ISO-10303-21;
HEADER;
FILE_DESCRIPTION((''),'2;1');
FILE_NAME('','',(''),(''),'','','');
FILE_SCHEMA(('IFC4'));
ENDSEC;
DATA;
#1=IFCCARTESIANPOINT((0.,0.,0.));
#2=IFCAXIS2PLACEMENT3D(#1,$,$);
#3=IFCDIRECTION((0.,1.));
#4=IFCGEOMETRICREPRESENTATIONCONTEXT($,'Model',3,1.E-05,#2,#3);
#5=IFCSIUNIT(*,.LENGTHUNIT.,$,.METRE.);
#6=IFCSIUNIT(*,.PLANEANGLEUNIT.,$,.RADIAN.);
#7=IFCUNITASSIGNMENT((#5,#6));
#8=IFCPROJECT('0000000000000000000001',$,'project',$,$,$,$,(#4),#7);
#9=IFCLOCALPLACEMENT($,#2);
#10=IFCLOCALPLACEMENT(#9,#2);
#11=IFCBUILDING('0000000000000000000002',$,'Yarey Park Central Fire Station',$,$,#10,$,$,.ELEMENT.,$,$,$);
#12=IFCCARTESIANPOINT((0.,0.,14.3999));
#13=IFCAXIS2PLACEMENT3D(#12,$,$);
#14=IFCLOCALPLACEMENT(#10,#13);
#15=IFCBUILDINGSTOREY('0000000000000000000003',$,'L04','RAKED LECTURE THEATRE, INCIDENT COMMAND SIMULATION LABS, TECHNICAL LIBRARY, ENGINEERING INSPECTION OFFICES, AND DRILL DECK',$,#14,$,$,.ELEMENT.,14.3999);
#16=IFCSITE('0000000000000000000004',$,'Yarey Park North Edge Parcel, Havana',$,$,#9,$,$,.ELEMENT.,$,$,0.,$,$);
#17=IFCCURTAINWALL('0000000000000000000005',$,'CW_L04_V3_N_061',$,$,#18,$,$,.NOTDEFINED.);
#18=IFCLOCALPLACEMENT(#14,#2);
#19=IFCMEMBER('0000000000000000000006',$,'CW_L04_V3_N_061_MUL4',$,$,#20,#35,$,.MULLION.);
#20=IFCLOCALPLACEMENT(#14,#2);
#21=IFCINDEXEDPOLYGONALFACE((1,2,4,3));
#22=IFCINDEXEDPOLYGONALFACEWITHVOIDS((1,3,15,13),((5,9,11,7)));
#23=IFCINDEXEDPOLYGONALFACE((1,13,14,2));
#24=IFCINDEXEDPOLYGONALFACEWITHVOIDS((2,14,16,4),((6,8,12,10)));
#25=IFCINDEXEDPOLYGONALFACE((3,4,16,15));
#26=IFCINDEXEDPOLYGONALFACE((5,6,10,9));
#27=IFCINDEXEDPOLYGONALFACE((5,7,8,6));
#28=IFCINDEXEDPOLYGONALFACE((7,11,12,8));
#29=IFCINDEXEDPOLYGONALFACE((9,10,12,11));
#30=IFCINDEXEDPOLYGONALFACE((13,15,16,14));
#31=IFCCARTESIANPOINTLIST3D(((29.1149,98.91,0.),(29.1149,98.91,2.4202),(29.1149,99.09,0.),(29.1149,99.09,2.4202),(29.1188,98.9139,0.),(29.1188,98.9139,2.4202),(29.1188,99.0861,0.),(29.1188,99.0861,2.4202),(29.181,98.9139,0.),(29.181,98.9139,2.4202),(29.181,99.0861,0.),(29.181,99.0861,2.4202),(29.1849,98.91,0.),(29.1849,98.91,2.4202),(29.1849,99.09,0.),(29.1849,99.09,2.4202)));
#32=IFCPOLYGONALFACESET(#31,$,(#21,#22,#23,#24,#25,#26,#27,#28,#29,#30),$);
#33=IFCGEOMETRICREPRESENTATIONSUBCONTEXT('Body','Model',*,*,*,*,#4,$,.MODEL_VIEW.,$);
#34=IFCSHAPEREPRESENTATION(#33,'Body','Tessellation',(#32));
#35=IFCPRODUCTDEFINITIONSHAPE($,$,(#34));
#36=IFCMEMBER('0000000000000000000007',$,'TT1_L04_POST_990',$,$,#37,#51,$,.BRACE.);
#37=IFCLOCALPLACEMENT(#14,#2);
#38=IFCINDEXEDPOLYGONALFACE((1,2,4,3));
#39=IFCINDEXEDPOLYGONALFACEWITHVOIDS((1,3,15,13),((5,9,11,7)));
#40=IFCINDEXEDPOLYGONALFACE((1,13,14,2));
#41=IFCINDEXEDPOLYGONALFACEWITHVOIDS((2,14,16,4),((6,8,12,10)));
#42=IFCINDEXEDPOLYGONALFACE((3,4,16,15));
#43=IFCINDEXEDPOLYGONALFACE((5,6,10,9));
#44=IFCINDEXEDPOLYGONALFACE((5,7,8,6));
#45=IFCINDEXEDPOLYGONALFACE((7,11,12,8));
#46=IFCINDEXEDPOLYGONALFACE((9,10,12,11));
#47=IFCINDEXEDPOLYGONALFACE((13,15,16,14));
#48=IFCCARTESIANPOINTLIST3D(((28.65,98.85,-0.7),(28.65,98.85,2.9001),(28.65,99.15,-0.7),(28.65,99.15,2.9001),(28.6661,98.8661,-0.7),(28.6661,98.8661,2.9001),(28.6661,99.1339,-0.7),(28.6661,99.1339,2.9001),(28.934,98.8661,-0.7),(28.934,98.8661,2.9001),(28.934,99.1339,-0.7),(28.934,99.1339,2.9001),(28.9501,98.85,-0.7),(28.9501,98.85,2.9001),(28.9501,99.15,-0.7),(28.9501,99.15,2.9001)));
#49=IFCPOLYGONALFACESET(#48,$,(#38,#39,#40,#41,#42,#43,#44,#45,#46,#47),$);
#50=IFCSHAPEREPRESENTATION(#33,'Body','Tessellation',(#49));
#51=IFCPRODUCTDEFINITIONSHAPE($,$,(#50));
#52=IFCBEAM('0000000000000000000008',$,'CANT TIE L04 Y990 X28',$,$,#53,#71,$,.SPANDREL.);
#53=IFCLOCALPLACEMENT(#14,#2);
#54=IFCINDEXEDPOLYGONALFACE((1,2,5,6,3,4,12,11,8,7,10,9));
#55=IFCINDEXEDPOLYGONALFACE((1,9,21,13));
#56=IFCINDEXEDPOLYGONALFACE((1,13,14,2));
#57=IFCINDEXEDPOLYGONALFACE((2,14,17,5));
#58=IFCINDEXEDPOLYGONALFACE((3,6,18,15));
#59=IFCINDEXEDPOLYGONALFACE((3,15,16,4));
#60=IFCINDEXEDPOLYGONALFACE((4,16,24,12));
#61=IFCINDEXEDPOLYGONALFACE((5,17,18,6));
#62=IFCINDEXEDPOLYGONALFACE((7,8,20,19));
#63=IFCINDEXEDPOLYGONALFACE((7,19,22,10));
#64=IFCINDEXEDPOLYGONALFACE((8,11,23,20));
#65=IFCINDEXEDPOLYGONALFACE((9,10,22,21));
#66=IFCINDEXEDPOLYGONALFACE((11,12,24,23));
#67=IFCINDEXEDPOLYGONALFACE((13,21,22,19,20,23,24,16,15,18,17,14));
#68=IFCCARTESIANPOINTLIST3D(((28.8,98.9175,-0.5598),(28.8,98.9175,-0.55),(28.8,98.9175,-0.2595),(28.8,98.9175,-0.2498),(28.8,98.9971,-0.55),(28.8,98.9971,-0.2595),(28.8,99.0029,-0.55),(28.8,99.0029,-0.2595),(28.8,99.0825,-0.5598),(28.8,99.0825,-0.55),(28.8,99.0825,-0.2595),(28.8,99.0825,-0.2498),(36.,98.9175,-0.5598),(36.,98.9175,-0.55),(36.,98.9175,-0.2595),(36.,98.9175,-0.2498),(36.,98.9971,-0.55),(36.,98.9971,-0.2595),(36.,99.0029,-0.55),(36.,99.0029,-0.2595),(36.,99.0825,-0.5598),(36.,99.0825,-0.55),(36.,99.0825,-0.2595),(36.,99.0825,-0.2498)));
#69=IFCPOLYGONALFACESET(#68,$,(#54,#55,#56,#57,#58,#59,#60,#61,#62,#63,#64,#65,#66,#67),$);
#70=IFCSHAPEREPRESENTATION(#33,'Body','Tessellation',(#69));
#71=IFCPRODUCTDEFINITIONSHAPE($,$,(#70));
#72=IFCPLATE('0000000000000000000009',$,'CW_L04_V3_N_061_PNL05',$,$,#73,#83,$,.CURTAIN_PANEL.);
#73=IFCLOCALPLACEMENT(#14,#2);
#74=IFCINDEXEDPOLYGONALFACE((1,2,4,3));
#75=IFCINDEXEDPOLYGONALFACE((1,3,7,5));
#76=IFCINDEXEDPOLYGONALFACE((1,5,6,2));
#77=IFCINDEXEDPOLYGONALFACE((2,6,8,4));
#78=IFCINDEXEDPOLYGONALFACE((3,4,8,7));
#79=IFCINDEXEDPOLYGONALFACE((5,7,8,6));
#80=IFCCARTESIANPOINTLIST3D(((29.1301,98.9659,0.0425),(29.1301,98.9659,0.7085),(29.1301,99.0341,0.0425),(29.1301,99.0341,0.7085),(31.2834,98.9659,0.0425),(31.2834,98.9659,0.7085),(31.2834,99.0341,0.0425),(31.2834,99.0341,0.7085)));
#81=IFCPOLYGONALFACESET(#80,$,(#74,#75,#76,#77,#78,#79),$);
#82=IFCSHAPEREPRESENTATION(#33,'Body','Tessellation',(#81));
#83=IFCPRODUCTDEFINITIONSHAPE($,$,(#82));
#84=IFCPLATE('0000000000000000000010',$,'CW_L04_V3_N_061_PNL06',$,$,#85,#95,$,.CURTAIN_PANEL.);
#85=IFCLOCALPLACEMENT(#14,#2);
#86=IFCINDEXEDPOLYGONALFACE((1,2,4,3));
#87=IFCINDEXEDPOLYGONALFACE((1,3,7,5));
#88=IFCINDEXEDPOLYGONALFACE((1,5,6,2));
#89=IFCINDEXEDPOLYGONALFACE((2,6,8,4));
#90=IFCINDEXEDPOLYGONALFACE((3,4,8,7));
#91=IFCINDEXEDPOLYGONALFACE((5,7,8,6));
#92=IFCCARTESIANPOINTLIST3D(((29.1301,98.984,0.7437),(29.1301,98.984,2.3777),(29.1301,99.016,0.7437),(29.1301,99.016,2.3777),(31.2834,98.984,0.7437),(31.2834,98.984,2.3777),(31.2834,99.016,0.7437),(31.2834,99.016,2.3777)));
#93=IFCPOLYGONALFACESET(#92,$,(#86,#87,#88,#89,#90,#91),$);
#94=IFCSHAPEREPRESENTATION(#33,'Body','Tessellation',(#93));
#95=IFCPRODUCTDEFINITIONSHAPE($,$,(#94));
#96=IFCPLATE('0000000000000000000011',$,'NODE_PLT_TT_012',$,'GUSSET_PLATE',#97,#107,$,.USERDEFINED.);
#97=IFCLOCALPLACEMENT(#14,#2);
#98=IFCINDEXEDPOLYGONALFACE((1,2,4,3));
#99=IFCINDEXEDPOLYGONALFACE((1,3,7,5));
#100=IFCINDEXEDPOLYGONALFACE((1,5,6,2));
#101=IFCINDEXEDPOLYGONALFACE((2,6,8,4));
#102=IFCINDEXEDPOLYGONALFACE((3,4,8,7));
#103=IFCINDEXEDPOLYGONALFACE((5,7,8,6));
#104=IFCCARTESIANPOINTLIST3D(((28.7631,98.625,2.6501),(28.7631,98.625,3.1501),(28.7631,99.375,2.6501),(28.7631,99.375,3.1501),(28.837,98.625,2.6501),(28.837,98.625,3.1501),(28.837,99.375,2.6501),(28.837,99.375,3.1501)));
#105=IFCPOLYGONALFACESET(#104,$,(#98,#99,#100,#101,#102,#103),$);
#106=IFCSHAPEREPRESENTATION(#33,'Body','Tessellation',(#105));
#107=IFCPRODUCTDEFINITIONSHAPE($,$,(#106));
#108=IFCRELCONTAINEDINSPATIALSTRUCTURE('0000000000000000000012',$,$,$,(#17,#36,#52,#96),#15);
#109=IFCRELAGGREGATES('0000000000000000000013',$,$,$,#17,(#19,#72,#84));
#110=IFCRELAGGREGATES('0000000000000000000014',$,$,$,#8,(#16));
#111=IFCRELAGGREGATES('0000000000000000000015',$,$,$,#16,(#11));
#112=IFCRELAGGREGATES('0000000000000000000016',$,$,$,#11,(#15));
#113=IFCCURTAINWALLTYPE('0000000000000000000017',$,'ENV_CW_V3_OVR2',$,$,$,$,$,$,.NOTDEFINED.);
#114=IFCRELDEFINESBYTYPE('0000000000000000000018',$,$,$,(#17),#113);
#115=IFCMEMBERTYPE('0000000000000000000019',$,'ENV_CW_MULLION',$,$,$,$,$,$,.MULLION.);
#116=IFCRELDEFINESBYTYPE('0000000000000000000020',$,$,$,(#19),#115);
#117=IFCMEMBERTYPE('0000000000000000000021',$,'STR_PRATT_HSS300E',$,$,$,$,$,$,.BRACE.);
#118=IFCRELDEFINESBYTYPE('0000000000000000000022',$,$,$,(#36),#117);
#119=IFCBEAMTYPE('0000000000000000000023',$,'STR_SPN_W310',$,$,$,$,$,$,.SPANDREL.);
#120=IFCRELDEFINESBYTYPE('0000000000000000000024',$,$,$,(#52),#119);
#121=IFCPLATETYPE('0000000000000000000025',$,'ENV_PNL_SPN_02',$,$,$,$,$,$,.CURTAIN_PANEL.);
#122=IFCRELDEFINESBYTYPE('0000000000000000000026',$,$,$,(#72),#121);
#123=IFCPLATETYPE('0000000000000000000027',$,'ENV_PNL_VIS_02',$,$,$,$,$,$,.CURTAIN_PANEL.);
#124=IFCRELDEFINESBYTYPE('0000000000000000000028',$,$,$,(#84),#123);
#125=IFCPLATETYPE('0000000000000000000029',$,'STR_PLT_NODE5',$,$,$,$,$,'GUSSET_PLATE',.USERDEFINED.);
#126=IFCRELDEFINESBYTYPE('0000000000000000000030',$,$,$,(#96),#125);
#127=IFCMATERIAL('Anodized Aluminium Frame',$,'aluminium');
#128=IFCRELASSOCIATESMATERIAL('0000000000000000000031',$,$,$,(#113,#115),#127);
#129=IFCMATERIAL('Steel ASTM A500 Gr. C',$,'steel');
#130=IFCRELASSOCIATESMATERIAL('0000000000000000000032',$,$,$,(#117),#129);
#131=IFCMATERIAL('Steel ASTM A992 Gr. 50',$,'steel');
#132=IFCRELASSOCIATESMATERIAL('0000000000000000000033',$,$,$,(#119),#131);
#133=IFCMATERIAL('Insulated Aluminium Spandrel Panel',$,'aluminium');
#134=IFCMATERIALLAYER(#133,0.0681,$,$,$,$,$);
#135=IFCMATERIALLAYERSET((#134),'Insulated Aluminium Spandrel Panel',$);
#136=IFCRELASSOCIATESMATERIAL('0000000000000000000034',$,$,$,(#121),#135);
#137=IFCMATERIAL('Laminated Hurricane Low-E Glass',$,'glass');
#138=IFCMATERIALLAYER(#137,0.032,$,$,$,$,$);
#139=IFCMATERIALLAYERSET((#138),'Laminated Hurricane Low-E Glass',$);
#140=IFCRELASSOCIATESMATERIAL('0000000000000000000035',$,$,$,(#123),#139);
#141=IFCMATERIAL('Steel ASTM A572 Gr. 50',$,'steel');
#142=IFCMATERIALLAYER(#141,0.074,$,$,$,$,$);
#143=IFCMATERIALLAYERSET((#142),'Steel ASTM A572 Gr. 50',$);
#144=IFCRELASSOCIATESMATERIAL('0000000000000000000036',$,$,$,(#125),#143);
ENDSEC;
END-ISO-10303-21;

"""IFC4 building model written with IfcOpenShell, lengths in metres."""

from ifc_helpers import new_model, si_unit, direction, frame, origin, origin_2d, place, context, subcontext, project, spatial, rectangle, hollow_rectangle, i_section, extrude, material, layer, layer_set, material_profile, profile_set, type_object, element, aggregate, save


model = new_model("IFC4")

# Units and contexts
model_context = context("Model", 3, precision=1e-05, world=origin(), true_north=direction((0.0, 1.0)))
body_context = subcontext(model_context, "Body", "Model", "MODEL_VIEW")
ifc_project = project(units=[si_unit("LENGTHUNIT", "METRE"), si_unit("PLANEANGLEUNIT", "RADIAN")], contexts=[model_context])

# Site, building, storey
site_placement = place(None, origin())
site = spatial("IfcSite", under=ifc_project, at=site_placement, Name="Yarey Park North Edge Parcel, Havana", CompositionType="ELEMENT", RefElevation=0.0)
building_placement = place(site_placement, origin())
building = spatial("IfcBuilding", under=site, at=building_placement, Name="Yarey Park Central Fire Station", CompositionType="ELEMENT")
storey_placement = place(building_placement, frame((0.0, 0.0, 14.3999)))
storey = spatial("IfcBuildingStorey", under=building, at=storey_placement, Name="L04", Description="RAKED LECTURE THEATRE, INCIDENT COMMAND SIMULATION LABS, TECHNICAL LIBRARY, ENGINEERING INSPECTION OFFICES, AND DRILL DECK", CompositionType="ELEMENT", Elevation=14.3999)

# Curtain wall, member
ifc_material_1 = material(Name="Anodized Aluminium Frame", Category="aluminium")
curtain_wall_type = type_object("IfcCurtainWallType", Name="ENV_CW_V3_OVR2", PredefinedType="NOTDEFINED", material=ifc_material_1)
curtain_wall_placement = place(storey_placement, origin())
curtain_wall = element("IfcCurtainWall", 1, at=curtain_wall_placement, inside=storey, type_object=curtain_wall_type, Name="CW_L04_V3_N_061", PredefinedType="NOTDEFINED")
ifc_material_profile_1 = material_profile(ifc_material_1, hollow_rectangle(XDim=0.0701, YDim=0.1799, WallThickness=0.0039, at=origin_2d()), Name="ALU 180x70x4")
ifc_profile_set_1 = profile_set([ifc_material_profile_1], Name="Anodized Aluminium Frame")
member_type_1 = type_object("IfcMemberType", Name="ENV_CW_MULLION", PredefinedType="MULLION", material=ifc_profile_set_1)
member_1_placement = place(storey_placement, frame((29.1499, 99.0, 0.0), z_axis=(0.0, 0.0, 1.0), x_axis=(1.0, 0.0, 0.0)))
member_1 = element("IfcMember", 2, at=member_1_placement, type_object=member_type_1, Name="CW_L04_V3_N_061_MUL4", PredefinedType="MULLION", context=body_context, shape_type="SweptSolid", body=[
    extrude(hollow_rectangle(XDim=0.0701, YDim=0.1799, WallThickness=0.0039, at=origin_2d()), origin(), (0.0, 0.0, 1.0), 2.4202),
])

# Member
ifc_material_2 = material(Name="Steel ASTM A500 Gr. C", Category="steel")
ifc_material_profile_2 = material_profile(ifc_material_2, hollow_rectangle(XDim=0.3, YDim=0.3, WallThickness=0.0161, at=origin_2d()), Name="HSS 300x300x16")
ifc_profile_set_2 = profile_set([ifc_material_profile_2], Name="Steel ASTM A500 Gr. C")
member_type_2 = type_object("IfcMemberType", Name="STR_PRATT_HSS300E", PredefinedType="BRACE", material=ifc_profile_set_2)
member_2_placement = place(storey_placement, frame((28.8, 99.0, -0.7), z_axis=(0.0, 0.0, 1.0), x_axis=(1.0, 0.0, 0.0)))
element("IfcMember", 3, at=member_2_placement, inside=storey, type_object=member_type_2, Name="TT1_L04_POST_990", PredefinedType="BRACE", context=body_context, shape_type="SweptSolid", body=[
    extrude(hollow_rectangle(XDim=0.3, YDim=0.3, WallThickness=0.0161, at=origin_2d()), origin(), (0.0, 0.0, 1.0), 3.6001),
])

# Beam
ifc_material_3 = material(Name="Steel ASTM A992 Gr. 50", Category="steel")
ifc_material_profile_3 = material_profile(ifc_material_3, i_section(OverallWidth=0.165, OverallDepth=0.3101, WebThickness=0.0059, FlangeThickness=0.0098, at=origin_2d()), Name="W310x39")
ifc_profile_set_3 = profile_set([ifc_material_profile_3], Name="Steel ASTM A992 Gr. 50")
beam_type = type_object("IfcBeamType", Name="STR_SPN_W310", PredefinedType="SPANDREL", material=ifc_profile_set_3)
beam_placement = place(storey_placement, frame((28.8, 99.0, -0.4048), z_axis=(1.0, 0.0, 0.0), x_axis=(0.0, 1.0, 0.0)))
element("IfcBeam", 4, at=beam_placement, inside=storey, type_object=beam_type, Name="CANT TIE L04 Y990 X28", PredefinedType="SPANDREL", context=body_context, shape_type="SweptSolid", body=[
    extrude(i_section(OverallWidth=0.165, OverallDepth=0.3101, WebThickness=0.0059, FlangeThickness=0.0098, at=origin_2d()), origin(), (0.0, 0.0, 1.0), 7.2),
])

# Plates
ifc_material_4 = material(Name="Insulated Aluminium Spandrel Panel", Category="aluminium")
ifc_layer_1 = layer(ifc_material_4, 0.0681)
ifc_layer_set_1 = layer_set([ifc_layer_1], Name="Insulated Aluminium Spandrel Panel")
plate_type_1 = type_object("IfcPlateType", Name="ENV_PNL_SPN_02", PredefinedType="CURTAIN_PANEL", material=ifc_layer_set_1)
plate_1_placement = place(storey_placement, frame((30.2068, 99.0, 0.0425), z_axis=(0.0, 0.0, 1.0), x_axis=(-1.0, 0.0, 0.0)))
plate_1 = element("IfcPlate", 5, at=plate_1_placement, type_object=plate_type_1, Name="CW_L04_V3_N_061_PNL05", PredefinedType="CURTAIN_PANEL", context=body_context, shape_type="SweptSolid", body=[
    extrude(rectangle(XDim=2.1533, YDim=0.0681, at=origin_2d()), origin(), (0.0, 0.0, 1.0), 0.666),
])
ifc_material_5 = material(Name="Laminated Hurricane Low-E Glass", Category="glass")
ifc_layer_2 = layer(ifc_material_5, 0.032)
ifc_layer_set_2 = layer_set([ifc_layer_2], Name="Laminated Hurricane Low-E Glass")
plate_type_2 = type_object("IfcPlateType", Name="ENV_PNL_VIS_02", PredefinedType="CURTAIN_PANEL", material=ifc_layer_set_2)
plate_2_placement = place(storey_placement, frame((30.2068, 99.0, 0.7437), z_axis=(0.0, 0.0, 1.0), x_axis=(-1.0, 0.0, 0.0)))
plate_2 = element("IfcPlate", 6, at=plate_2_placement, type_object=plate_type_2, Name="CW_L04_V3_N_061_PNL06", PredefinedType="CURTAIN_PANEL", context=body_context, shape_type="SweptSolid", body=[
    extrude(rectangle(XDim=2.1533, YDim=0.032, at=origin_2d()), origin(), (0.0, 0.0, 1.0), 1.634),
])
aggregate(curtain_wall, [member_1, plate_1, plate_2])
ifc_material_6 = material(Name="Steel ASTM A572 Gr. 50", Category="steel")
ifc_layer_3 = layer(ifc_material_6, 0.074)
ifc_layer_set_3 = layer_set([ifc_layer_3], Name="Steel ASTM A572 Gr. 50")
plate_type_3 = type_object("IfcPlateType", Name="STR_PLT_NODE5", ElementType="GUSSET_PLATE", PredefinedType="USERDEFINED", material=ifc_layer_set_3)
plate_3_placement = place(storey_placement, frame((28.8, 99.0, 2.6501), z_axis=(0.0, 0.0, 1.0), x_axis=(1.0, 0.0, 0.0)))
element("IfcPlate", 7, at=plate_3_placement, inside=storey, type_object=plate_type_3, Name="NODE_PLT_TT_012", ObjectType="GUSSET_PLATE", PredefinedType="USERDEFINED", context=body_context, shape_type="SweptSolid", body=[
    extrude(rectangle(XDim=0.074, YDim=0.75, at=origin_2d()), origin(), (0.0, 0.0, 1.0), 0.5),
])

save(model, "model.ifc")
